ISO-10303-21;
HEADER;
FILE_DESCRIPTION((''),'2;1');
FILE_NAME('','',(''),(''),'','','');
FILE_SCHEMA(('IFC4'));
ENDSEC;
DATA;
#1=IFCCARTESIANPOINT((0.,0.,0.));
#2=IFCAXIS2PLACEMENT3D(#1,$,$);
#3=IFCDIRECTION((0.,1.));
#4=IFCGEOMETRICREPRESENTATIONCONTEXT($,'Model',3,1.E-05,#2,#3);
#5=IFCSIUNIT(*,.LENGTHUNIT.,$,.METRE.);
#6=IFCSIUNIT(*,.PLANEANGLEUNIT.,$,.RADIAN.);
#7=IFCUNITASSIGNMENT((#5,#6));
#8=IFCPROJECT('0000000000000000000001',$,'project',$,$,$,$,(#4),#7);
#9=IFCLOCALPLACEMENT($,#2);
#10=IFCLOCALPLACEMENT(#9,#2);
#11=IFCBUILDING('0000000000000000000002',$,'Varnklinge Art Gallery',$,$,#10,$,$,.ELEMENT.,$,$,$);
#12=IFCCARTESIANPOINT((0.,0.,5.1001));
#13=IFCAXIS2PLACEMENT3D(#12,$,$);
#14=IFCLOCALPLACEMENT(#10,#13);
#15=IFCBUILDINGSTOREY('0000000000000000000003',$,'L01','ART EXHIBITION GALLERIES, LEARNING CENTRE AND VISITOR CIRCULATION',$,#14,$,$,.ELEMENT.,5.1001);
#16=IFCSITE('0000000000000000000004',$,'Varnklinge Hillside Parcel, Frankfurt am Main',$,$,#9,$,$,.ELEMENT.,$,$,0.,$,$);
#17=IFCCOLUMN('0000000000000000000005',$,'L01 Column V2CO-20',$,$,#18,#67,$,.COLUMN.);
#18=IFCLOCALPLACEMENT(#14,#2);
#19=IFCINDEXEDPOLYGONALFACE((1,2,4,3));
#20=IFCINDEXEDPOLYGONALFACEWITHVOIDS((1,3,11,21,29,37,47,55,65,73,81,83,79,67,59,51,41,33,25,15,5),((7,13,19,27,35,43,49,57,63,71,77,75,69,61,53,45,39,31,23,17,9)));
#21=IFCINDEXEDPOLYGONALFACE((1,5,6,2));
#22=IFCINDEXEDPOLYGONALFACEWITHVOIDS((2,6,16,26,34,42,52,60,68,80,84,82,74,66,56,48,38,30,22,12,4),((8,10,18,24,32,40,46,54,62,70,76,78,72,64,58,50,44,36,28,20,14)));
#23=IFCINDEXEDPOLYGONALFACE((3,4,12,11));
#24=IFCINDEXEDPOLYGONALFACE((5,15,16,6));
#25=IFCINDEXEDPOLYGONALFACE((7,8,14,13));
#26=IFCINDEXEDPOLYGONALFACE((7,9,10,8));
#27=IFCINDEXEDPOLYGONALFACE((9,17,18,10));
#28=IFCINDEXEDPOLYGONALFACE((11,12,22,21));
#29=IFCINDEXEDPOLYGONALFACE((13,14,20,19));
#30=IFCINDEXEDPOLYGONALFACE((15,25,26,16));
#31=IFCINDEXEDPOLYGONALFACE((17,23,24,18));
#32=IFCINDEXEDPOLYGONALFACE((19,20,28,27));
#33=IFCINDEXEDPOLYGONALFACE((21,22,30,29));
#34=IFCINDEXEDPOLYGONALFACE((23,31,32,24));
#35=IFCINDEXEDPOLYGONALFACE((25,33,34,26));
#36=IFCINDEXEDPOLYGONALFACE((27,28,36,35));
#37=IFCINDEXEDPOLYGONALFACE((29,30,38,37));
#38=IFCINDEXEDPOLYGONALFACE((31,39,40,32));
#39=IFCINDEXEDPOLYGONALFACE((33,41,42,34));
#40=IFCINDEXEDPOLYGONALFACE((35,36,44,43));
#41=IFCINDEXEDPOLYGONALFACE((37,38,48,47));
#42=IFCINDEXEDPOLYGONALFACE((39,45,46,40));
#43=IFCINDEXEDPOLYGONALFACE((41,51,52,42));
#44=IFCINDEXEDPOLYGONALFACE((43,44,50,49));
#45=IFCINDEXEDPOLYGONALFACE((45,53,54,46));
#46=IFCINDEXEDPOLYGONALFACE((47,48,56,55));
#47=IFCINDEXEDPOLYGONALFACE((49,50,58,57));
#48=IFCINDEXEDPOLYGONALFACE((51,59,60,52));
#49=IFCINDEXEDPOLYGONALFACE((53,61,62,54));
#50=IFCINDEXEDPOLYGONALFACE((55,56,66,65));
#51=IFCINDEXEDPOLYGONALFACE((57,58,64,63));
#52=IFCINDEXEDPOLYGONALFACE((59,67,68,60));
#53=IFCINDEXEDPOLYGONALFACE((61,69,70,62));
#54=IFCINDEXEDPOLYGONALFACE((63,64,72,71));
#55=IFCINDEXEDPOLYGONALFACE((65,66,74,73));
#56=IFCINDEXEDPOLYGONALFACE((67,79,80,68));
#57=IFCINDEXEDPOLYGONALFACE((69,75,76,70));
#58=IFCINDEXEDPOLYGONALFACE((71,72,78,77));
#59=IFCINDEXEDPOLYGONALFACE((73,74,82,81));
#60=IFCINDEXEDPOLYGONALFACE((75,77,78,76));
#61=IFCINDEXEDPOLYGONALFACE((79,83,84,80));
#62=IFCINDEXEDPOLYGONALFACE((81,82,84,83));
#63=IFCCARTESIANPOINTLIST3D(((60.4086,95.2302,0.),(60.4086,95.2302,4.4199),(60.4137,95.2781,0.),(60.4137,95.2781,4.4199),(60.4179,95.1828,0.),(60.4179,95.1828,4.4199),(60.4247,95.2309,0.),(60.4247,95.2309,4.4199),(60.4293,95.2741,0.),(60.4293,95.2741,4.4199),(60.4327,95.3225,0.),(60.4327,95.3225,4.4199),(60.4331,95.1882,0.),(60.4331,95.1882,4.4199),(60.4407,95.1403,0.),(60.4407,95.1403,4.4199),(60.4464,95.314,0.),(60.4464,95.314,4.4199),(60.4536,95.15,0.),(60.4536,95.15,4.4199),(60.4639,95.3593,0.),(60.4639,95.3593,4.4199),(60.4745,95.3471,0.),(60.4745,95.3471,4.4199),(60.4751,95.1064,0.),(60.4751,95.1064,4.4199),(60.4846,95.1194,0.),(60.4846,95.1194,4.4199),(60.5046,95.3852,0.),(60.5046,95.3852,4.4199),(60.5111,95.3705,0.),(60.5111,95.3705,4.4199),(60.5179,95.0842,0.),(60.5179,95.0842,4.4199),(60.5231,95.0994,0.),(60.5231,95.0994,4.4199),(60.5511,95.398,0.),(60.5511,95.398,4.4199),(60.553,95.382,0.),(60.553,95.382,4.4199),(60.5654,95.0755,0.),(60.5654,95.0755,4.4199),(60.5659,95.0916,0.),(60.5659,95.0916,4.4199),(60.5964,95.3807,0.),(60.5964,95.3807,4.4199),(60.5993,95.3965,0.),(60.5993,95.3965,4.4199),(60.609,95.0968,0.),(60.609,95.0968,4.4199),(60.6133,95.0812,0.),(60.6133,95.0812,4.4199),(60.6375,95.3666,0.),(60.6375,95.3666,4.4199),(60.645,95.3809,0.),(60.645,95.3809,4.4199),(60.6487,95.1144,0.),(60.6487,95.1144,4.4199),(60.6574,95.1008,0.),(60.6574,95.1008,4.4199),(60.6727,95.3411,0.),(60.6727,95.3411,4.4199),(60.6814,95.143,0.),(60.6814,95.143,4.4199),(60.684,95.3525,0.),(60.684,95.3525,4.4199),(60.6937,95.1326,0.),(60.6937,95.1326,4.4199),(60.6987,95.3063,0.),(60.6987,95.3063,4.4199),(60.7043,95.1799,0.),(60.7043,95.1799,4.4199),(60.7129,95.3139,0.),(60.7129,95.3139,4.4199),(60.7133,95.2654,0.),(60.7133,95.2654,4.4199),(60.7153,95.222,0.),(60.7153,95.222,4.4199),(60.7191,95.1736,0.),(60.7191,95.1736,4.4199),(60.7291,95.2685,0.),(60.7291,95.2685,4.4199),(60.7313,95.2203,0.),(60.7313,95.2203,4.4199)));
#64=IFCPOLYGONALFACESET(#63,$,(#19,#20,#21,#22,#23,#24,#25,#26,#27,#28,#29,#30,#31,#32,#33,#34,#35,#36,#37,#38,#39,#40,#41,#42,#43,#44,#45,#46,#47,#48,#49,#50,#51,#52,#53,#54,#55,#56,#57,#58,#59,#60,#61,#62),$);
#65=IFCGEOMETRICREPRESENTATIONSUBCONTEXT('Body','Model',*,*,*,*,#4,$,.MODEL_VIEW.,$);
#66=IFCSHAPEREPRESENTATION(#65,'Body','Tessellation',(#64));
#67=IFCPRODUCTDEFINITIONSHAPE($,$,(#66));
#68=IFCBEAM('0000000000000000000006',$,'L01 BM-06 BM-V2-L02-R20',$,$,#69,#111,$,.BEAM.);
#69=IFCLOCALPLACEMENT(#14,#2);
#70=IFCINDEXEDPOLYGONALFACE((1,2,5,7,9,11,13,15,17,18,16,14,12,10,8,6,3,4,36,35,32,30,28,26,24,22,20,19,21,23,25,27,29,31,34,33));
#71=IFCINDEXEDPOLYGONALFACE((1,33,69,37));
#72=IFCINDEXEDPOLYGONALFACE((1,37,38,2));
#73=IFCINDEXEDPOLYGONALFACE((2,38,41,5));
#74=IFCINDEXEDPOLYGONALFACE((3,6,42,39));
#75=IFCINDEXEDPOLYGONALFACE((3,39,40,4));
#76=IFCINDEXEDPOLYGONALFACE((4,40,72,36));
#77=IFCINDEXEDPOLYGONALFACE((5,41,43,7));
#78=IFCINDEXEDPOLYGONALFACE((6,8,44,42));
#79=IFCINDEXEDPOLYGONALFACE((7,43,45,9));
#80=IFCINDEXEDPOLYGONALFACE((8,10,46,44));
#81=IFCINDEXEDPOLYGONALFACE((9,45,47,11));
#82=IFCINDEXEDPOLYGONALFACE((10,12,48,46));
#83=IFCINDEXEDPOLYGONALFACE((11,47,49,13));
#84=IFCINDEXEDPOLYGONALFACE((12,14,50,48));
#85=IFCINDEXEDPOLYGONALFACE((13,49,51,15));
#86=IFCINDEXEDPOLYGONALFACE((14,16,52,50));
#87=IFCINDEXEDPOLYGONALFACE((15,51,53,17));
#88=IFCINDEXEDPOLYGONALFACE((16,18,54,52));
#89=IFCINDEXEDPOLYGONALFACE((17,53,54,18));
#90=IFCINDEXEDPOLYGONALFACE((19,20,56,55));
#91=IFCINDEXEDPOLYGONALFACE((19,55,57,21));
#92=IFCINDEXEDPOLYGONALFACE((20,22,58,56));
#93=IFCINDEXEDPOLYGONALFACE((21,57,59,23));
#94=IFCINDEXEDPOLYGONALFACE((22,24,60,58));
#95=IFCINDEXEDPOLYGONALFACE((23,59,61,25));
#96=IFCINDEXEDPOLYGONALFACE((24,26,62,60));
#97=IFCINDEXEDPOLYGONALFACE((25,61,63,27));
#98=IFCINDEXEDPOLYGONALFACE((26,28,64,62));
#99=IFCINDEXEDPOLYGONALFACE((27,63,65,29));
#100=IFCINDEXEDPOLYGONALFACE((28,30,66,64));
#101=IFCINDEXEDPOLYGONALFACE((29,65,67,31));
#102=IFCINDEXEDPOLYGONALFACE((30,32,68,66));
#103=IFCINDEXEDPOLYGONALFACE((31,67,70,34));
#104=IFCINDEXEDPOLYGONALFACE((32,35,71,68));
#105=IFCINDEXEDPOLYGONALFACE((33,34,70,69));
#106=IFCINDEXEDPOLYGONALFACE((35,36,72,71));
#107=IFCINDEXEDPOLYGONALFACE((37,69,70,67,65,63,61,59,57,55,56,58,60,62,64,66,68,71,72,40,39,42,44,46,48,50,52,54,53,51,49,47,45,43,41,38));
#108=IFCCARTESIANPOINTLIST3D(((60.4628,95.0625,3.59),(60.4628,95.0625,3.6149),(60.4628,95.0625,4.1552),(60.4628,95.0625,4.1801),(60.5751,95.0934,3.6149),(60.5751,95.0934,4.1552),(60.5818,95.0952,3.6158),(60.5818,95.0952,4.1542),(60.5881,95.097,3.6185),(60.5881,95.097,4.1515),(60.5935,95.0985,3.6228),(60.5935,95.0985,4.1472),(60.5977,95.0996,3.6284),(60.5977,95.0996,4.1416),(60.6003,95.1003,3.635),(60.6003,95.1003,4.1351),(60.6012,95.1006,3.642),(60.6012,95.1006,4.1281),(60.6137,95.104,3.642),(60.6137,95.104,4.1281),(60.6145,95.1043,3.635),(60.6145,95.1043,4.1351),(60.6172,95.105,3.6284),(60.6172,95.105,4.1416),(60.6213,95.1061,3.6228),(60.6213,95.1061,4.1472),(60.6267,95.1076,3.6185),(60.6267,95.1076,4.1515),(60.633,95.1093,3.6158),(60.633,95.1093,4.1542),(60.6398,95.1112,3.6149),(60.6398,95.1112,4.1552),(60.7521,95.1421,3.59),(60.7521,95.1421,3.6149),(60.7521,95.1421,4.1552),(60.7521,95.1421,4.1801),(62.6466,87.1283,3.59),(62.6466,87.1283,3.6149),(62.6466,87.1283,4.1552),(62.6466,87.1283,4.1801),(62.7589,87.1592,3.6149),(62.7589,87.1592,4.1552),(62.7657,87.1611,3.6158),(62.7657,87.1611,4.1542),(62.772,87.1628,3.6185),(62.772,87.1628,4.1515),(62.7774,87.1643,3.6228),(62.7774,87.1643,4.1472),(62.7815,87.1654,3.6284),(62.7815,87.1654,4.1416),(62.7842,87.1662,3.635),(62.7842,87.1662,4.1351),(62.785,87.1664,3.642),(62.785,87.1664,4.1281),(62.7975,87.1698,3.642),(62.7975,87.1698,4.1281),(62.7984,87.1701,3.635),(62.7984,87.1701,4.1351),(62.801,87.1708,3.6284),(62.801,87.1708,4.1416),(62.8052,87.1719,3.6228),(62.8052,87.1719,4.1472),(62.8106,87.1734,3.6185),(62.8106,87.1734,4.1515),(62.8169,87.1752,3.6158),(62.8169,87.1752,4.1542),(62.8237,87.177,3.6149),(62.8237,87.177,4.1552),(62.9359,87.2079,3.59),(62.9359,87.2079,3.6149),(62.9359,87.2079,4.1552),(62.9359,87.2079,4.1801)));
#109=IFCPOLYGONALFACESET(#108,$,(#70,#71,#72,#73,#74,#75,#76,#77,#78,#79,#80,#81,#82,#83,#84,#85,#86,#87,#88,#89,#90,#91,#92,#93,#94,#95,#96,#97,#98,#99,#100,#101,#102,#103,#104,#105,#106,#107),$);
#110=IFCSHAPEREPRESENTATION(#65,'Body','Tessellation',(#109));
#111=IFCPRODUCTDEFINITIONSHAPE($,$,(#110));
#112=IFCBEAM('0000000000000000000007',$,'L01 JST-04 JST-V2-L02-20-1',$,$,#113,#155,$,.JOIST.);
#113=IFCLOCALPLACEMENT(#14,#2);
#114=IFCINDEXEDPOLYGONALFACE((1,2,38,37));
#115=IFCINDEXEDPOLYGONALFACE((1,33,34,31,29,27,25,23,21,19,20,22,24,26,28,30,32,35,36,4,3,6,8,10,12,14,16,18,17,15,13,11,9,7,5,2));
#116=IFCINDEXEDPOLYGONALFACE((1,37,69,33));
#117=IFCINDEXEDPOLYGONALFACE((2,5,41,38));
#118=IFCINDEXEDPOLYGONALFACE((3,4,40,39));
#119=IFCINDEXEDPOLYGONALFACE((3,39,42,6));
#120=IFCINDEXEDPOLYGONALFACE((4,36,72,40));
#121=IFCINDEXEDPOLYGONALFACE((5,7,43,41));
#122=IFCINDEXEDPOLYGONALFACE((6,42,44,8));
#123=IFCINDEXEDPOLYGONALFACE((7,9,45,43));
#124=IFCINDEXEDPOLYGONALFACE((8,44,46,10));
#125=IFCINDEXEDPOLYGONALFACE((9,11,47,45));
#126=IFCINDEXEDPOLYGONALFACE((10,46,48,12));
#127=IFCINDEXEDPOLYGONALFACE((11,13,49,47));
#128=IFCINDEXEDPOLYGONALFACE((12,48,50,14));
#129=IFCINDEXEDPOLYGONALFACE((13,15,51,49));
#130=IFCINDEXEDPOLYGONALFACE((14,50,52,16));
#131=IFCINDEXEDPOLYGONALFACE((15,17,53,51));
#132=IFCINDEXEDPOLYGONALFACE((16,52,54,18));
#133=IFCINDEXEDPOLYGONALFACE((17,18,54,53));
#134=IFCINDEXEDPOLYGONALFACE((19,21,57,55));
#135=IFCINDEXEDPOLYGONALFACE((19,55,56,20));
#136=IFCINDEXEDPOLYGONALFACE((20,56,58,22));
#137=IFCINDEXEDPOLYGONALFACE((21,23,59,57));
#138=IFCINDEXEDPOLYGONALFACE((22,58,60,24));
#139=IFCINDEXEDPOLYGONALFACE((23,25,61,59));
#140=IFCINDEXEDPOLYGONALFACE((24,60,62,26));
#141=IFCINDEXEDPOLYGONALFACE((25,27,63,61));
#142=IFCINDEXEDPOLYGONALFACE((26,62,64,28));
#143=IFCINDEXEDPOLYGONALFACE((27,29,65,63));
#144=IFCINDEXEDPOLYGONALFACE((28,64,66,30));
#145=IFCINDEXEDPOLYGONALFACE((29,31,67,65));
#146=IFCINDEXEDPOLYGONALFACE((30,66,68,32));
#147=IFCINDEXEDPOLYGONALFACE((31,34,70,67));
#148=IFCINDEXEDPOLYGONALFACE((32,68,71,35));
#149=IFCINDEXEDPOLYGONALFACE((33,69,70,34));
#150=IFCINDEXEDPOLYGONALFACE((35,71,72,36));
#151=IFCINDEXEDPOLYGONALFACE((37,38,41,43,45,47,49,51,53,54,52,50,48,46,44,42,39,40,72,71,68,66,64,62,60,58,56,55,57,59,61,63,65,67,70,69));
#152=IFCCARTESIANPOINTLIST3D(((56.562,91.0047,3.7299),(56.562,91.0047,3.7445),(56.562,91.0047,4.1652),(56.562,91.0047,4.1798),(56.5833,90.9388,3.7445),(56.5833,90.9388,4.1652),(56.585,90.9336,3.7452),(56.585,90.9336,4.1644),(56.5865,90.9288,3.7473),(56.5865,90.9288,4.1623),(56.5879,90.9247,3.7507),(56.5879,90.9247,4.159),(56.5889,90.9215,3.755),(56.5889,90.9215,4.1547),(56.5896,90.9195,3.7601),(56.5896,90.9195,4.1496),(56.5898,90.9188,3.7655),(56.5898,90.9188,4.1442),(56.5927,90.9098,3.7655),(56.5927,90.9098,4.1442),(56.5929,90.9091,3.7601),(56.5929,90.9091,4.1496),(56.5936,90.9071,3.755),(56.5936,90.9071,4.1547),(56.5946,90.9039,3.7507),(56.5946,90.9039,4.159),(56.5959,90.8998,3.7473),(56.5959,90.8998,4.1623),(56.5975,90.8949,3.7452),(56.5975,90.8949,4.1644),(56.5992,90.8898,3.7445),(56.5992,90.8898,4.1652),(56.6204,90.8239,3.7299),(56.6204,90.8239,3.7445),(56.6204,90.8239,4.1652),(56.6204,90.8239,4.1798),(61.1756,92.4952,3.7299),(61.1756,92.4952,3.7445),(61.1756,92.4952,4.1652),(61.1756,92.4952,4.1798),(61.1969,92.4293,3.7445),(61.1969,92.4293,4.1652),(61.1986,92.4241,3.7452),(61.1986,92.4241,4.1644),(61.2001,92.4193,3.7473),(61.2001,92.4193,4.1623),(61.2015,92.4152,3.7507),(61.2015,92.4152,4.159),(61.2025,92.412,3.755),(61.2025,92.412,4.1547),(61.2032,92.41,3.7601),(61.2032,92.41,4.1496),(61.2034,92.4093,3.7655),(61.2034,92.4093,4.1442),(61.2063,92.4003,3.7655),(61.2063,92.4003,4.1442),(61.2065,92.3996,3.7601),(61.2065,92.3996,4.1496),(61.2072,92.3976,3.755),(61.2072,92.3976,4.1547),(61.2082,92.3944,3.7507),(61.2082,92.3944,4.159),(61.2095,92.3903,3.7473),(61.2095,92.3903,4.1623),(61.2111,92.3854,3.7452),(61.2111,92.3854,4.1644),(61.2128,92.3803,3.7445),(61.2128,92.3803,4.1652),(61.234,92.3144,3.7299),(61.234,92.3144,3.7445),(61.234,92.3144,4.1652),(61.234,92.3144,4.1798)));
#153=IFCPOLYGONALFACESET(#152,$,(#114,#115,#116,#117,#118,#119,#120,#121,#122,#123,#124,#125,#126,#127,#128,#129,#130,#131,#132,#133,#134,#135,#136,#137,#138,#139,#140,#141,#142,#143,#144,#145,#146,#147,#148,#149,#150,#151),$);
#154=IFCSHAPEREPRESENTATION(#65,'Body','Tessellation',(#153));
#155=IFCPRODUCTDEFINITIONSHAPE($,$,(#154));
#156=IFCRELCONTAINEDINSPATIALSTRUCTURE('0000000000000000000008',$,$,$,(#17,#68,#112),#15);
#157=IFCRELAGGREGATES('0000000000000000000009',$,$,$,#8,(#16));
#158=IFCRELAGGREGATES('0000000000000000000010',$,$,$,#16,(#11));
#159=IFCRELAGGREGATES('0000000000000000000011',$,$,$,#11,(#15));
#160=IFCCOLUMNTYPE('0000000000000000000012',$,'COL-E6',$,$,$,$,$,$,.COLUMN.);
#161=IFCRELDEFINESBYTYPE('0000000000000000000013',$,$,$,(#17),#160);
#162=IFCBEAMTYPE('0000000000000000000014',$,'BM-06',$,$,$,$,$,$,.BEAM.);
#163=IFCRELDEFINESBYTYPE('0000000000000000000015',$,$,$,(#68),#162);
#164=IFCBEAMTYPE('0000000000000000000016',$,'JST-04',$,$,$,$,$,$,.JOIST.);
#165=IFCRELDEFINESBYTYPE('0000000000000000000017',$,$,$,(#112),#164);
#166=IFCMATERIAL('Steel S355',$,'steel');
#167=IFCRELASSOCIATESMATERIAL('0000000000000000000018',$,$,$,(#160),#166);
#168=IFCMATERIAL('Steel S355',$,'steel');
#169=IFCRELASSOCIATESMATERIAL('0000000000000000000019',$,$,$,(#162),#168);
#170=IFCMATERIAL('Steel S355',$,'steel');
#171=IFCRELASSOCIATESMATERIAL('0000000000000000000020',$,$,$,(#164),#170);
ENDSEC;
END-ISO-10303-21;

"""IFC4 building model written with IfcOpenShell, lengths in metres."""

from ifc_helpers import new_model, si_unit, direction, frame, origin, origin_2d, place, context, subcontext, project, spatial, hollow_circle, i_section, extrude, material, material_profile, profile_set, type_object, element, save


model = new_model("IFC4")

# Units and contexts
model_context = context("Model", 3, precision=1e-05, world=origin(), true_north=direction((0.0, 1.0)))
body_context = subcontext(model_context, "Body", "Model", "MODEL_VIEW")
ifc_project = project(units=[si_unit("LENGTHUNIT", "METRE"), si_unit("PLANEANGLEUNIT", "RADIAN")], contexts=[model_context])

# Site, building, storey
site_placement = place(None, origin())
site = spatial("IfcSite", under=ifc_project, at=site_placement, Name="Varnklinge Hillside Parcel, Frankfurt am Main", CompositionType="ELEMENT", RefElevation=0.0)
building_placement = place(site_placement, origin())
building = spatial("IfcBuilding", under=site, at=building_placement, Name="Varnklinge Art Gallery", CompositionType="ELEMENT")
storey_placement = place(building_placement, frame((0.0, 0.0, 5.1001)))
storey = spatial("IfcBuildingStorey", under=building, at=storey_placement, Name="L01", Description="ART EXHIBITION GALLERIES, LEARNING CENTRE AND VISITOR CIRCULATION", CompositionType="ELEMENT", Elevation=5.1001)

# Column
ifc_material_1 = material(Name="Steel S355", Category="steel")
ifc_material_profile_1 = material_profile(ifc_material_1, hollow_circle(Radius=0.1619, WallThickness=0.0161, at=origin_2d()), Name="CHS 323.9x16")
ifc_profile_set_1 = profile_set([ifc_material_profile_1], Name="Steel S355")
column_type = type_object("IfcColumnType", Name="COL-E6", PredefinedType="COLUMN", material=ifc_profile_set_1)
column_placement = place(storey_placement, frame((60.5703, 95.2373, 0.0), z_axis=(0.0, 0.0, 1.0), x_axis=(0.265388, -0.964142, 0.0)))
element("IfcColumn", 1, at=column_placement, inside=storey, type_object=column_type, Name="L01 Column V2CO-20", PredefinedType="COLUMN", context=body_context, shape_type="SweptSolid", body=[
    extrude(hollow_circle(Radius=0.1619, WallThickness=0.0161, at=origin_2d()), origin(), (0.0, 0.0, 1.0), 4.4199),
])

# Beams
ifc_material_2 = material(Name="Steel S355", Category="steel")
ifc_material_profile_2 = material_profile(ifc_material_2, i_section(OverallWidth=0.3, OverallDepth=0.5901, WebThickness=0.0129, FlangeThickness=0.0249, FilletRadius=0.0271, at=origin_2d()), Name="HEA 600")
ifc_profile_set_2 = profile_set([ifc_material_profile_2], Name="Steel S355")
beam_type_1 = type_object("IfcBeamType", Name="BM-06", PredefinedType="BEAM", material=ifc_profile_set_2)
beam_1_placement = place(storey_placement, frame((60.6074, 95.1023, 3.885), z_axis=(0.265379, -0.964144, 0.0), x_axis=(0.964144, 0.265379, 0.0)))
element("IfcBeam", 2, at=beam_1_placement, inside=storey, type_object=beam_type_1, Name="L01 BM-06 BM-V2-L02-R20", PredefinedType="BEAM", context=body_context, shape_type="SweptSolid", body=[
    extrude(i_section(OverallWidth=0.3, OverallDepth=0.5901, WebThickness=0.0129, FlangeThickness=0.0249, FilletRadius=0.0271, at=origin_2d()), origin(), (0.0, 0.0, 1.0), 8.2292),
])
ifc_material_3 = material(Name="Steel S355", Category="steel")
ifc_material_profile_3 = material_profile(ifc_material_3, i_section(OverallWidth=0.1899, OverallDepth=0.45, WebThickness=0.0095, FlangeThickness=0.0146, FilletRadius=0.021, at=origin_2d()), Name="IPE 450")
ifc_profile_set_3 = profile_set([ifc_material_profile_3], Name="Steel S355")
beam_type_2 = type_object("IfcBeamType", Name="JST-04", PredefinedType="JOIST", material=ifc_profile_set_3)
beam_2_placement = place(storey_placement, frame((61.2048, 92.4048, 3.9548), z_axis=(-0.951573, -0.307422, 0.0), x_axis=(0.307422, -0.951573, 0.0)))
element("IfcBeam", 3, at=beam_2_placement, inside=storey, type_object=beam_type_2, Name="L01 JST-04 JST-V2-L02-20-1", PredefinedType="JOIST", context=body_context, shape_type="SweptSolid", body=[
    extrude(i_section(OverallWidth=0.1899, OverallDepth=0.45, WebThickness=0.0095, FlangeThickness=0.0146, FilletRadius=0.021, at=origin_2d()), origin(), (0.0, 0.0, 1.0), 4.8484),
])

save(model, "model.ifc")
